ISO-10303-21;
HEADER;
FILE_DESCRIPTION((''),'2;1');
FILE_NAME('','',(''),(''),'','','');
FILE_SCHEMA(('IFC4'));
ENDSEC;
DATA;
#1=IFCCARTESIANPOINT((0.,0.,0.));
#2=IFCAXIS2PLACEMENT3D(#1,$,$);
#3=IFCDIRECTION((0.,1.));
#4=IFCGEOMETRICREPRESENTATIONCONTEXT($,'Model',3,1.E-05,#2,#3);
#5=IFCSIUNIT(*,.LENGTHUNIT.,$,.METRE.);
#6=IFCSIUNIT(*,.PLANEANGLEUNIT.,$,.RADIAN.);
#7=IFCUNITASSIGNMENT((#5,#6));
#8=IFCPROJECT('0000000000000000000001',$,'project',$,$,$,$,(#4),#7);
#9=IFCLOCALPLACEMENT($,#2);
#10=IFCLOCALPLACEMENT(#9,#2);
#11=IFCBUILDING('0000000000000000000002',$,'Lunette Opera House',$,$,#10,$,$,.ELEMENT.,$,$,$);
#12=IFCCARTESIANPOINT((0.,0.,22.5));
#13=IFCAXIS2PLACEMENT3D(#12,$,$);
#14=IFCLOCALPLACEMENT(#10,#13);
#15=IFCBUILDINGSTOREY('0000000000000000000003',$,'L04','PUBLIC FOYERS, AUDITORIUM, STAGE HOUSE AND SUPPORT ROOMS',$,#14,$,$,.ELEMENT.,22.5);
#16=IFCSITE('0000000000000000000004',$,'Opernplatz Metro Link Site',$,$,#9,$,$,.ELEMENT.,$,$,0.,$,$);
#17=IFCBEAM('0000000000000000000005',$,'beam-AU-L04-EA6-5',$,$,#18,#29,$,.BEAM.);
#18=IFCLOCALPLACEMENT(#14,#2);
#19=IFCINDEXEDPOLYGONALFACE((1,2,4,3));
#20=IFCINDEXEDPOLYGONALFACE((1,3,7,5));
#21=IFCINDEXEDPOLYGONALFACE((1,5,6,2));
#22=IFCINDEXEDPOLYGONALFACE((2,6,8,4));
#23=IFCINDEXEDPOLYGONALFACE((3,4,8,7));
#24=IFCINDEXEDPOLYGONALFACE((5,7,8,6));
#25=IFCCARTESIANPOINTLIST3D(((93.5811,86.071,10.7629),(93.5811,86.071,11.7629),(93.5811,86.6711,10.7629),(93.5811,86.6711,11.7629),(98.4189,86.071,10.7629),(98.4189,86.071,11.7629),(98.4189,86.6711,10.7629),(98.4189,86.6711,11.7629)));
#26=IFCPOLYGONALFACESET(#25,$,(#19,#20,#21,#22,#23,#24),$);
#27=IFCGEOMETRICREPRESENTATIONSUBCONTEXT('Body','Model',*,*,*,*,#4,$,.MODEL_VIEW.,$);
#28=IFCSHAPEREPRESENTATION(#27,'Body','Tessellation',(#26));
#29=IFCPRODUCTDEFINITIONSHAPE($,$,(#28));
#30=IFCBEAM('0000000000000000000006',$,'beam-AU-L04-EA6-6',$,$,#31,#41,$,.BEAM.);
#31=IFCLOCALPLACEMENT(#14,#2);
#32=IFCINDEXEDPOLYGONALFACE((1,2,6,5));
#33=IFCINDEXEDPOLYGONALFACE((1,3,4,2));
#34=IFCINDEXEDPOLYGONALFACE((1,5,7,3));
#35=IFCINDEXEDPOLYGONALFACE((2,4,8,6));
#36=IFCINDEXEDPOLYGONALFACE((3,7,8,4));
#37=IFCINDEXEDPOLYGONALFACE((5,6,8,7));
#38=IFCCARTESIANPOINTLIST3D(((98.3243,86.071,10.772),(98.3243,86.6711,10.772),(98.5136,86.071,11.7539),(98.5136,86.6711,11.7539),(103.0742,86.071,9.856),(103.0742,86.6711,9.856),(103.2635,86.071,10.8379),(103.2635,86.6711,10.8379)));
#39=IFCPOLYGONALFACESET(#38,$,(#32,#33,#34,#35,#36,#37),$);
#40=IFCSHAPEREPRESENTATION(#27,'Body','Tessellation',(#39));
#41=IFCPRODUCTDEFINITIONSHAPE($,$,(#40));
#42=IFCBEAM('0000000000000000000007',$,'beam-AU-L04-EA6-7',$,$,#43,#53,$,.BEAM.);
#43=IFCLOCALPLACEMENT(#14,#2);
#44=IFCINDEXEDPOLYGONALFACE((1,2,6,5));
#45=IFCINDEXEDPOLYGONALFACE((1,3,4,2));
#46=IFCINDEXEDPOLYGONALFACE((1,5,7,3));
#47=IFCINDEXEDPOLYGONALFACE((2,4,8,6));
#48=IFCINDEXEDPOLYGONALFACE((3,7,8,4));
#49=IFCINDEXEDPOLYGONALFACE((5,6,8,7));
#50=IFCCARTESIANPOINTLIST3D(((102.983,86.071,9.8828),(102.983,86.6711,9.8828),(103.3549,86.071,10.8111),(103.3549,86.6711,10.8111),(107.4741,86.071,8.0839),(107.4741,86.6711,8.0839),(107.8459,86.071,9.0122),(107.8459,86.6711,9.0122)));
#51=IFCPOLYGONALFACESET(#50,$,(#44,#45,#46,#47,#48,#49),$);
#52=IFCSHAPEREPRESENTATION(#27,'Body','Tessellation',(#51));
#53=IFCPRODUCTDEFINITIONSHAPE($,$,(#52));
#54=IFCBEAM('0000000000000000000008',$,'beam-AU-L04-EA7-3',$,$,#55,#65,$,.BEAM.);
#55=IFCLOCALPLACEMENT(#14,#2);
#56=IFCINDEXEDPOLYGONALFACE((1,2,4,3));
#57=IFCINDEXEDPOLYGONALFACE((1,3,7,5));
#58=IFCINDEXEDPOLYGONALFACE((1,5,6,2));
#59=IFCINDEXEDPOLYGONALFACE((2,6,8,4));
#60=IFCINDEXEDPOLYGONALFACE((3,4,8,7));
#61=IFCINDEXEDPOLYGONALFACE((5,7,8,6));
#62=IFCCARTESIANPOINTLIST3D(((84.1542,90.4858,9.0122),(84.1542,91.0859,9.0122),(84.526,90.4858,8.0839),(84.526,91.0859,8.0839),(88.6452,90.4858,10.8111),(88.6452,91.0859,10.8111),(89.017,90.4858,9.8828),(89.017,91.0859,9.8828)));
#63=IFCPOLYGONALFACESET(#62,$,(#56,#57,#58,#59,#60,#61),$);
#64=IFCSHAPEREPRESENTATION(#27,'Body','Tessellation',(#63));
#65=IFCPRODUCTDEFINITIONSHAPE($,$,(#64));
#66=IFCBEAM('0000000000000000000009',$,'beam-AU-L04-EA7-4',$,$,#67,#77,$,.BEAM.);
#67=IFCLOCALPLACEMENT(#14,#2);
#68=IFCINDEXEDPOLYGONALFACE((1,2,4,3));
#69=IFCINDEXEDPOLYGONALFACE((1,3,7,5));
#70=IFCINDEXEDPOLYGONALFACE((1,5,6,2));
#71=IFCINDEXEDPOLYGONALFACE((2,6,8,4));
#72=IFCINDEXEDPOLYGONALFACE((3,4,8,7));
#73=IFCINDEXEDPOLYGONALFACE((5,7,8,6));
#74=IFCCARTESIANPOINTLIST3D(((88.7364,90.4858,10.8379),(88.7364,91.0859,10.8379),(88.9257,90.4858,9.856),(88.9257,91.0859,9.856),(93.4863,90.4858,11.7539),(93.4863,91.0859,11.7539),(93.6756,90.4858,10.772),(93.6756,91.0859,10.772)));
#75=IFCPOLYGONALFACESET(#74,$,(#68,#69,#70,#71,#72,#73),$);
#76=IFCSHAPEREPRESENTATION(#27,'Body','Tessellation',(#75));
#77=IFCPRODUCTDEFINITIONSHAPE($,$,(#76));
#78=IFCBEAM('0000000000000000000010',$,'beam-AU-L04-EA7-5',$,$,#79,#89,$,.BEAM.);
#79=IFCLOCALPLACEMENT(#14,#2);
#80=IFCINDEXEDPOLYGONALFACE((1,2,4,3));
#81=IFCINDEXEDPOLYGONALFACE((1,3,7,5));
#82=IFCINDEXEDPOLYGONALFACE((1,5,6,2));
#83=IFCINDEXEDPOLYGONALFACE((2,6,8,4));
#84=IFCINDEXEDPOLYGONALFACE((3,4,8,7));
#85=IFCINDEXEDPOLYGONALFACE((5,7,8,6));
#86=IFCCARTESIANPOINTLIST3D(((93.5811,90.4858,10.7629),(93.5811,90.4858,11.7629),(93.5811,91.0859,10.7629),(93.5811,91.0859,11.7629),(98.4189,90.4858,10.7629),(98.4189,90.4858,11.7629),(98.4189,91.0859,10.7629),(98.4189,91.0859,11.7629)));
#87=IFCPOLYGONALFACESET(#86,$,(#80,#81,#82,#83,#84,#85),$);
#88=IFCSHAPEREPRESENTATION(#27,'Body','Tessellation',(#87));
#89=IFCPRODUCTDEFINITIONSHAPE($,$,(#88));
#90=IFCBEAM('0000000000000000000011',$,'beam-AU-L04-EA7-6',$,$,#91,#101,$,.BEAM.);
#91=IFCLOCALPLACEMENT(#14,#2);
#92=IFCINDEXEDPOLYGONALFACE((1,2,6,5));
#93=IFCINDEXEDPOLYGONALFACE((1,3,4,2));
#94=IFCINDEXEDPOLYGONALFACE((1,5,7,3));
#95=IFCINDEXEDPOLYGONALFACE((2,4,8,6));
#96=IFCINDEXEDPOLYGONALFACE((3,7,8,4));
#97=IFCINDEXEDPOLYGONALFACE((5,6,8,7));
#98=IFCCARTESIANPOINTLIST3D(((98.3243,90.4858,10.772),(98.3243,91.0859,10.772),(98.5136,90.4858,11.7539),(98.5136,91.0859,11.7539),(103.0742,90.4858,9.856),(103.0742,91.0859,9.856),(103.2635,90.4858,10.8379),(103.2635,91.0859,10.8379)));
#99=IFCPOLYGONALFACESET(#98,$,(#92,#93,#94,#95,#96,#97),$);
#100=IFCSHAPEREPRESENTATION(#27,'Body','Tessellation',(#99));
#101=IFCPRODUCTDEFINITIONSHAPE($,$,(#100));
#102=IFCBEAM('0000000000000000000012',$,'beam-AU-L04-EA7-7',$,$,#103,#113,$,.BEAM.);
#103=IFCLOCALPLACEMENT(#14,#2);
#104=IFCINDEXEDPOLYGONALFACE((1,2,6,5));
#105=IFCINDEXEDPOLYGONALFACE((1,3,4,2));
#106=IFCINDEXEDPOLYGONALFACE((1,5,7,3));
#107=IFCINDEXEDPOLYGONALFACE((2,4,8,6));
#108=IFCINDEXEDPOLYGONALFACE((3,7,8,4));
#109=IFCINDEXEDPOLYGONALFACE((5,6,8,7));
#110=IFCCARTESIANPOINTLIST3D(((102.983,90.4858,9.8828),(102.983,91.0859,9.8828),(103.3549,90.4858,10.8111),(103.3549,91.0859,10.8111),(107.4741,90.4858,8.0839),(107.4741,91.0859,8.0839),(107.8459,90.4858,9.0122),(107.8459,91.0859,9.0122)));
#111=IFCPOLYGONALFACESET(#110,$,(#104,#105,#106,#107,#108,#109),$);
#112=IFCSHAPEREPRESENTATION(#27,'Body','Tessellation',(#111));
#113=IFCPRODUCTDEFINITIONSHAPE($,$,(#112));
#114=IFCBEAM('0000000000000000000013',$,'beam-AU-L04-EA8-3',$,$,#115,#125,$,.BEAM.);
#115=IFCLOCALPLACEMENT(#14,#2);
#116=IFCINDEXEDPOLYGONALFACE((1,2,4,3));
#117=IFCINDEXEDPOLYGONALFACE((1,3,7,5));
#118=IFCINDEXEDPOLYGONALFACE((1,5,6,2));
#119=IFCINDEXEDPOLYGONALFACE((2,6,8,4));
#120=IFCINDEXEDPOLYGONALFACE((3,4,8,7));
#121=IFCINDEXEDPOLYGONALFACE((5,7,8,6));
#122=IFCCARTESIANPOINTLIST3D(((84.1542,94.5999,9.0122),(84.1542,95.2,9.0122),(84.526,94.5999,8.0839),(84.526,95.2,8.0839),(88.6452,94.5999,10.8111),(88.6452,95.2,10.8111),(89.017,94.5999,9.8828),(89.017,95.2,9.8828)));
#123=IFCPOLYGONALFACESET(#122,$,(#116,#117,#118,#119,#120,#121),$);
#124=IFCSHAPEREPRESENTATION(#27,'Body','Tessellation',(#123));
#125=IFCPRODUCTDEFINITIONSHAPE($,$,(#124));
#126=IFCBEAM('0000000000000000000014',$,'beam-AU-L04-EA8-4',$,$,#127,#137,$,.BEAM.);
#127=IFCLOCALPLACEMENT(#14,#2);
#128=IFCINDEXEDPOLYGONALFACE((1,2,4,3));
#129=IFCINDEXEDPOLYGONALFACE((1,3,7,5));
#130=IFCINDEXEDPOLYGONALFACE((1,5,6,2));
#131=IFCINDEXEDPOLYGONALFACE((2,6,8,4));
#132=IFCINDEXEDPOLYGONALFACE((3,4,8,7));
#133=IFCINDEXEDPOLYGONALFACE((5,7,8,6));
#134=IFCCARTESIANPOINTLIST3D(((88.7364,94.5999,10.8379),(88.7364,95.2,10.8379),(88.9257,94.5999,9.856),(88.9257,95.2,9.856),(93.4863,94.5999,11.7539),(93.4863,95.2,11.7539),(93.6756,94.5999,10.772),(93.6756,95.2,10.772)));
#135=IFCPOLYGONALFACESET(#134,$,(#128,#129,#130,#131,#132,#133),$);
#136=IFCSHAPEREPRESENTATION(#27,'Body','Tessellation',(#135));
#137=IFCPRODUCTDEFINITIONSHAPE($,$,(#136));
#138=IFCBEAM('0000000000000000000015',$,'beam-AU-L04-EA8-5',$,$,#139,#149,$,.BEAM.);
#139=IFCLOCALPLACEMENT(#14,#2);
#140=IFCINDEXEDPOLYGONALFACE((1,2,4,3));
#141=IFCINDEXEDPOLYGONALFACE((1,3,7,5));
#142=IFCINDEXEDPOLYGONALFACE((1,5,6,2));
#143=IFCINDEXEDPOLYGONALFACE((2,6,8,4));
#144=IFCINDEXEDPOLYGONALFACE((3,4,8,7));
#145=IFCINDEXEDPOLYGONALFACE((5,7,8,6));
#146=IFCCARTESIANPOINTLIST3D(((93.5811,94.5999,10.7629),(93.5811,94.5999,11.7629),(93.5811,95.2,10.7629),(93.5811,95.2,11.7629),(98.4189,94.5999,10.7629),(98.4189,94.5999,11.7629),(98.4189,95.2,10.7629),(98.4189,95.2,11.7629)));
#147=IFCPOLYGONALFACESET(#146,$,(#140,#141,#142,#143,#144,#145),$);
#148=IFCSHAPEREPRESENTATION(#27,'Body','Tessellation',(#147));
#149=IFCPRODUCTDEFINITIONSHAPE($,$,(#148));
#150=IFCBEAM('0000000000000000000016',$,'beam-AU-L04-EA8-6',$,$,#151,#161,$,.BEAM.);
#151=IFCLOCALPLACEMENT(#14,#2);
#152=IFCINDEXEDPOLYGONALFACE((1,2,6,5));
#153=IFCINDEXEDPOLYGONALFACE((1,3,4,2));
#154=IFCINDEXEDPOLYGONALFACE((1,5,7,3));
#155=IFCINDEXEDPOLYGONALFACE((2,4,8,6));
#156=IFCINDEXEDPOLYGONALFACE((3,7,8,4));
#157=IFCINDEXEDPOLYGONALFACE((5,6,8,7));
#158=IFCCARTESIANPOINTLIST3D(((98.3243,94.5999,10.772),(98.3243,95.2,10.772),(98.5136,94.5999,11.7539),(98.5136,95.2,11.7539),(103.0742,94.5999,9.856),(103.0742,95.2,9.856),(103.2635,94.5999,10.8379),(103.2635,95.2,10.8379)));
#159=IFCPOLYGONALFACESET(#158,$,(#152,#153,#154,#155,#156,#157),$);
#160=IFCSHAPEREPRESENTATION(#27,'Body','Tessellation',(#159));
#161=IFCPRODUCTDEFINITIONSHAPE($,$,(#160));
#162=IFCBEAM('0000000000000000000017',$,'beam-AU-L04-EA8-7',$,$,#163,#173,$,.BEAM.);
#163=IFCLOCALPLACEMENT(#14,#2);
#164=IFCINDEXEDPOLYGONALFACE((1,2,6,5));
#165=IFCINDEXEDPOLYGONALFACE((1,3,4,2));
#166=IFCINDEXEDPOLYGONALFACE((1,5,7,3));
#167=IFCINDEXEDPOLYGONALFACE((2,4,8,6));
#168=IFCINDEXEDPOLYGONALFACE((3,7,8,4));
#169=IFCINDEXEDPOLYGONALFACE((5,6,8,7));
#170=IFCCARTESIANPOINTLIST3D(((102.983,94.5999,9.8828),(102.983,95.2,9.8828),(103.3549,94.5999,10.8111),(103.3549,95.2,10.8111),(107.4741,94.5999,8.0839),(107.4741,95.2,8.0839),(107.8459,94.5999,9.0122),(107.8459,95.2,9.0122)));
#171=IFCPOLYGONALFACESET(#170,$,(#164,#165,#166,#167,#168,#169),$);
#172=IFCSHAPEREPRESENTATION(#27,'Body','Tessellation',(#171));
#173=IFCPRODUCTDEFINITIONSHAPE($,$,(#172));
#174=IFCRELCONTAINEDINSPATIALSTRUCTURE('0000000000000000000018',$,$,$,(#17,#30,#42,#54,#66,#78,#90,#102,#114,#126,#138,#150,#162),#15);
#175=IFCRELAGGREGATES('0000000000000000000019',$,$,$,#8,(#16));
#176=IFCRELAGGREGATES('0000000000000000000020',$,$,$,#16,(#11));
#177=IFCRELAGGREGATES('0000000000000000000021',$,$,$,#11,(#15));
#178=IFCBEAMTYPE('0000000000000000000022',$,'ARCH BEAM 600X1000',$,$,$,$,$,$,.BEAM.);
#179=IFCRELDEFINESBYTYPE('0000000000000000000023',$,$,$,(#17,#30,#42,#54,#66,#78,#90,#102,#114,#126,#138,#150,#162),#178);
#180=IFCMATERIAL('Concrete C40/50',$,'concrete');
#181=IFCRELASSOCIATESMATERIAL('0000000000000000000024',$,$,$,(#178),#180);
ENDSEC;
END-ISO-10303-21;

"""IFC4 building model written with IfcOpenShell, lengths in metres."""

from ifc_helpers import new_model, si_unit, direction, frame, origin, origin_2d, place, context, subcontext, project, spatial, rectangle, extrude, material, material_profile, profile_set, type_object, element, save


model = new_model("IFC4")

# Units and contexts
model_context = context("Model", 3, precision=1e-05, world=origin(), true_north=direction((0.0, 1.0)))
body_context = subcontext(model_context, "Body", "Model", "MODEL_VIEW")
ifc_project = project(units=[si_unit("LENGTHUNIT", "METRE"), si_unit("PLANEANGLEUNIT", "RADIAN")], contexts=[model_context])

# Site, building, storey
site_placement = place(None, origin())
site = spatial("IfcSite", under=ifc_project, at=site_placement, Name="Opernplatz Metro Link Site", CompositionType="ELEMENT", RefElevation=0.0)
building_placement = place(site_placement, origin())
building = spatial("IfcBuilding", under=site, at=building_placement, Name="Lunette Opera House", CompositionType="ELEMENT")
storey_placement = place(building_placement, frame((0.0, 0.0, 22.5)))
storey = spatial("IfcBuildingStorey", under=building, at=storey_placement, Name="L04", Description="PUBLIC FOYERS, AUDITORIUM, STAGE HOUSE AND SUPPORT ROOMS", CompositionType="ELEMENT", Elevation=22.5)

# Beams
ifc_material_1 = material(Name="Concrete C40/50", Category="concrete")
ifc_material_profile_1 = material_profile(ifc_material_1, rectangle(XDim=0.6001, YDim=1.0, at=origin_2d()), Name="ARCH BEAM 600X1000")
ifc_profile_set_1 = profile_set([ifc_material_profile_1], Name="Concrete C40/50")
beam_type_1 = type_object("IfcBeamType", Name="ARCH BEAM 600X1000", PredefinedType="BEAM", material=ifc_profile_set_1)
beam_1_placement = place(storey_placement, frame((93.5811, 86.3711, 11.2629), z_axis=(1.0, 0.0, 0.0), x_axis=(0.0, 1.0, 0.0)))
element("IfcBeam", 1, at=beam_1_placement, inside=storey, type_object=beam_type_1, Name="beam-AU-L04-EA6-5", PredefinedType="BEAM", context=body_context, shape_type="SweptSolid", body=[
    extrude(rectangle(XDim=0.6001, YDim=1.0, at=origin_2d()), origin(), (0.0, 0.0, 1.0), 4.8379),
])
beam_2_placement = place(storey_placement, frame((98.4189, 86.3711, 11.2629), z_axis=(0.981908, 0.0, -0.189357), x_axis=(0.0, 1.0, 0.0)))
element("IfcBeam", 2, at=beam_2_placement, inside=storey, type_object=beam_type_1, Name="beam-AU-L04-EA6-6", PredefinedType="BEAM", context=body_context, shape_type="SweptSolid", body=[
    extrude(rectangle(XDim=0.6001, YDim=1.0, at=origin_2d()), origin(), (0.0, 0.0, 1.0), 4.8374),
])
for number, where, z_axis, x_axis, name in (
    (3, (103.1689, 86.3711, 10.3469), (0.928303, 0.0, -0.371826), (0.0, 1.0, 0.0), "beam-AU-L04-EA6-7"),
    (4, (84.3401, 90.7859, 8.5481), (0.928303, 0.0, 0.371826), (0.0, 1.0, 0.0), "beam-AU-L04-EA7-3"),
):
    element("IfcBeam", number, at=place(storey_placement, frame(where, z_axis=z_axis, x_axis=x_axis)), inside=storey, type_object=beam_type_1, Name=name, PredefinedType="BEAM", context=body_context, shape_type="SweptSolid", body=[
        extrude(rectangle(XDim=0.6001, YDim=1.0, at=origin_2d()), origin(), (0.0, 0.0, 1.0), 4.8379),
    ])
beam_3_placement = place(storey_placement, frame((88.8311, 90.7859, 10.3469), z_axis=(0.981908, 0.0, 0.189357), x_axis=(0.0, 1.0, 0.0)))
element("IfcBeam", 5, at=beam_3_placement, inside=storey, type_object=beam_type_1, Name="beam-AU-L04-EA7-4", PredefinedType="BEAM", context=body_context, shape_type="SweptSolid", body=[
    extrude(rectangle(XDim=0.6001, YDim=1.0, at=origin_2d()), origin(), (0.0, 0.0, 1.0), 4.8374),
])
beam_4_placement = place(storey_placement, frame((93.5811, 90.7859, 11.2629), z_axis=(1.0, 0.0, 0.0), x_axis=(0.0, 1.0, 0.0)))
element("IfcBeam", 6, at=beam_4_placement, inside=storey, type_object=beam_type_1, Name="beam-AU-L04-EA7-5", PredefinedType="BEAM", context=body_context, shape_type="SweptSolid", body=[
    extrude(rectangle(XDim=0.6001, YDim=1.0, at=origin_2d()), origin(), (0.0, 0.0, 1.0), 4.8379),
])
beam_5_placement = place(storey_placement, frame((98.4189, 90.7859, 11.2629), z_axis=(0.981908, 0.0, -0.189357), x_axis=(0.0, 1.0, 0.0)))
element("IfcBeam", 7, at=beam_5_placement, inside=storey, type_object=beam_type_1, Name="beam-AU-L04-EA7-6", PredefinedType="BEAM", context=body_context, shape_type="SweptSolid", body=[
    extrude(rectangle(XDim=0.6001, YDim=1.0, at=origin_2d()), origin(), (0.0, 0.0, 1.0), 4.8374),
])
for number, where, z_axis, x_axis, name in (
    (8, (103.1689, 90.7859, 10.3469), (0.928303, 0.0, -0.371826), (0.0, 1.0, 0.0), "beam-AU-L04-EA7-7"),
    (9, (84.3401, 94.8999, 8.5481), (0.928303, 0.0, 0.371826), (0.0, 1.0, 0.0), "beam-AU-L04-EA8-3"),
):
    element("IfcBeam", number, at=place(storey_placement, frame(where, z_axis=z_axis, x_axis=x_axis)), inside=storey, type_object=beam_type_1, Name=name, PredefinedType="BEAM", context=body_context, shape_type="SweptSolid", body=[
        extrude(rectangle(XDim=0.6001, YDim=1.0, at=origin_2d()), origin(), (0.0, 0.0, 1.0), 4.8379),
    ])
beam_6_placement = place(storey_placement, frame((88.8311, 94.8999, 10.3469), z_axis=(0.981908, 0.0, 0.189357), x_axis=(0.0, 1.0, 0.0)))
element("IfcBeam", 10, at=beam_6_placement, inside=storey, type_object=beam_type_1, Name="beam-AU-L04-EA8-4", PredefinedType="BEAM", context=body_context, shape_type="SweptSolid", body=[
    extrude(rectangle(XDim=0.6001, YDim=1.0, at=origin_2d()), origin(), (0.0, 0.0, 1.0), 4.8374),
])
beam_7_placement = place(storey_placement, frame((93.5811, 94.8999, 11.2629), z_axis=(1.0, 0.0, 0.0), x_axis=(0.0, 1.0, 0.0)))
element("IfcBeam", 11, at=beam_7_placement, inside=storey, type_object=beam_type_1, Name="beam-AU-L04-EA8-5", PredefinedType="BEAM", context=body_context, shape_type="SweptSolid", body=[
    extrude(rectangle(XDim=0.6001, YDim=1.0, at=origin_2d()), origin(), (0.0, 0.0, 1.0), 4.8379),
])
beam_8_placement = place(storey_placement, frame((98.4189, 94.8999, 11.2629), z_axis=(0.981908, 0.0, -0.189357), x_axis=(0.0, 1.0, 0.0)))
element("IfcBeam", 12, at=beam_8_placement, inside=storey, type_object=beam_type_1, Name="beam-AU-L04-EA8-6", PredefinedType="BEAM", context=body_context, shape_type="SweptSolid", body=[
    extrude(rectangle(XDim=0.6001, YDim=1.0, at=origin_2d()), origin(), (0.0, 0.0, 1.0), 4.8374),
])
beam_9_placement = place(storey_placement, frame((103.1689, 94.8999, 10.3469), z_axis=(0.928303, 0.0, -0.371826), x_axis=(0.0, 1.0, 0.0)))
element("IfcBeam", 13, at=beam_9_placement, inside=storey, type_object=beam_type_1, Name="beam-AU-L04-EA8-7", PredefinedType="BEAM", context=body_context, shape_type="SweptSolid", body=[
    extrude(rectangle(XDim=0.6001, YDim=1.0, at=origin_2d()), origin(), (0.0, 0.0, 1.0), 4.8379),
])

save(model, "model.ifc")
